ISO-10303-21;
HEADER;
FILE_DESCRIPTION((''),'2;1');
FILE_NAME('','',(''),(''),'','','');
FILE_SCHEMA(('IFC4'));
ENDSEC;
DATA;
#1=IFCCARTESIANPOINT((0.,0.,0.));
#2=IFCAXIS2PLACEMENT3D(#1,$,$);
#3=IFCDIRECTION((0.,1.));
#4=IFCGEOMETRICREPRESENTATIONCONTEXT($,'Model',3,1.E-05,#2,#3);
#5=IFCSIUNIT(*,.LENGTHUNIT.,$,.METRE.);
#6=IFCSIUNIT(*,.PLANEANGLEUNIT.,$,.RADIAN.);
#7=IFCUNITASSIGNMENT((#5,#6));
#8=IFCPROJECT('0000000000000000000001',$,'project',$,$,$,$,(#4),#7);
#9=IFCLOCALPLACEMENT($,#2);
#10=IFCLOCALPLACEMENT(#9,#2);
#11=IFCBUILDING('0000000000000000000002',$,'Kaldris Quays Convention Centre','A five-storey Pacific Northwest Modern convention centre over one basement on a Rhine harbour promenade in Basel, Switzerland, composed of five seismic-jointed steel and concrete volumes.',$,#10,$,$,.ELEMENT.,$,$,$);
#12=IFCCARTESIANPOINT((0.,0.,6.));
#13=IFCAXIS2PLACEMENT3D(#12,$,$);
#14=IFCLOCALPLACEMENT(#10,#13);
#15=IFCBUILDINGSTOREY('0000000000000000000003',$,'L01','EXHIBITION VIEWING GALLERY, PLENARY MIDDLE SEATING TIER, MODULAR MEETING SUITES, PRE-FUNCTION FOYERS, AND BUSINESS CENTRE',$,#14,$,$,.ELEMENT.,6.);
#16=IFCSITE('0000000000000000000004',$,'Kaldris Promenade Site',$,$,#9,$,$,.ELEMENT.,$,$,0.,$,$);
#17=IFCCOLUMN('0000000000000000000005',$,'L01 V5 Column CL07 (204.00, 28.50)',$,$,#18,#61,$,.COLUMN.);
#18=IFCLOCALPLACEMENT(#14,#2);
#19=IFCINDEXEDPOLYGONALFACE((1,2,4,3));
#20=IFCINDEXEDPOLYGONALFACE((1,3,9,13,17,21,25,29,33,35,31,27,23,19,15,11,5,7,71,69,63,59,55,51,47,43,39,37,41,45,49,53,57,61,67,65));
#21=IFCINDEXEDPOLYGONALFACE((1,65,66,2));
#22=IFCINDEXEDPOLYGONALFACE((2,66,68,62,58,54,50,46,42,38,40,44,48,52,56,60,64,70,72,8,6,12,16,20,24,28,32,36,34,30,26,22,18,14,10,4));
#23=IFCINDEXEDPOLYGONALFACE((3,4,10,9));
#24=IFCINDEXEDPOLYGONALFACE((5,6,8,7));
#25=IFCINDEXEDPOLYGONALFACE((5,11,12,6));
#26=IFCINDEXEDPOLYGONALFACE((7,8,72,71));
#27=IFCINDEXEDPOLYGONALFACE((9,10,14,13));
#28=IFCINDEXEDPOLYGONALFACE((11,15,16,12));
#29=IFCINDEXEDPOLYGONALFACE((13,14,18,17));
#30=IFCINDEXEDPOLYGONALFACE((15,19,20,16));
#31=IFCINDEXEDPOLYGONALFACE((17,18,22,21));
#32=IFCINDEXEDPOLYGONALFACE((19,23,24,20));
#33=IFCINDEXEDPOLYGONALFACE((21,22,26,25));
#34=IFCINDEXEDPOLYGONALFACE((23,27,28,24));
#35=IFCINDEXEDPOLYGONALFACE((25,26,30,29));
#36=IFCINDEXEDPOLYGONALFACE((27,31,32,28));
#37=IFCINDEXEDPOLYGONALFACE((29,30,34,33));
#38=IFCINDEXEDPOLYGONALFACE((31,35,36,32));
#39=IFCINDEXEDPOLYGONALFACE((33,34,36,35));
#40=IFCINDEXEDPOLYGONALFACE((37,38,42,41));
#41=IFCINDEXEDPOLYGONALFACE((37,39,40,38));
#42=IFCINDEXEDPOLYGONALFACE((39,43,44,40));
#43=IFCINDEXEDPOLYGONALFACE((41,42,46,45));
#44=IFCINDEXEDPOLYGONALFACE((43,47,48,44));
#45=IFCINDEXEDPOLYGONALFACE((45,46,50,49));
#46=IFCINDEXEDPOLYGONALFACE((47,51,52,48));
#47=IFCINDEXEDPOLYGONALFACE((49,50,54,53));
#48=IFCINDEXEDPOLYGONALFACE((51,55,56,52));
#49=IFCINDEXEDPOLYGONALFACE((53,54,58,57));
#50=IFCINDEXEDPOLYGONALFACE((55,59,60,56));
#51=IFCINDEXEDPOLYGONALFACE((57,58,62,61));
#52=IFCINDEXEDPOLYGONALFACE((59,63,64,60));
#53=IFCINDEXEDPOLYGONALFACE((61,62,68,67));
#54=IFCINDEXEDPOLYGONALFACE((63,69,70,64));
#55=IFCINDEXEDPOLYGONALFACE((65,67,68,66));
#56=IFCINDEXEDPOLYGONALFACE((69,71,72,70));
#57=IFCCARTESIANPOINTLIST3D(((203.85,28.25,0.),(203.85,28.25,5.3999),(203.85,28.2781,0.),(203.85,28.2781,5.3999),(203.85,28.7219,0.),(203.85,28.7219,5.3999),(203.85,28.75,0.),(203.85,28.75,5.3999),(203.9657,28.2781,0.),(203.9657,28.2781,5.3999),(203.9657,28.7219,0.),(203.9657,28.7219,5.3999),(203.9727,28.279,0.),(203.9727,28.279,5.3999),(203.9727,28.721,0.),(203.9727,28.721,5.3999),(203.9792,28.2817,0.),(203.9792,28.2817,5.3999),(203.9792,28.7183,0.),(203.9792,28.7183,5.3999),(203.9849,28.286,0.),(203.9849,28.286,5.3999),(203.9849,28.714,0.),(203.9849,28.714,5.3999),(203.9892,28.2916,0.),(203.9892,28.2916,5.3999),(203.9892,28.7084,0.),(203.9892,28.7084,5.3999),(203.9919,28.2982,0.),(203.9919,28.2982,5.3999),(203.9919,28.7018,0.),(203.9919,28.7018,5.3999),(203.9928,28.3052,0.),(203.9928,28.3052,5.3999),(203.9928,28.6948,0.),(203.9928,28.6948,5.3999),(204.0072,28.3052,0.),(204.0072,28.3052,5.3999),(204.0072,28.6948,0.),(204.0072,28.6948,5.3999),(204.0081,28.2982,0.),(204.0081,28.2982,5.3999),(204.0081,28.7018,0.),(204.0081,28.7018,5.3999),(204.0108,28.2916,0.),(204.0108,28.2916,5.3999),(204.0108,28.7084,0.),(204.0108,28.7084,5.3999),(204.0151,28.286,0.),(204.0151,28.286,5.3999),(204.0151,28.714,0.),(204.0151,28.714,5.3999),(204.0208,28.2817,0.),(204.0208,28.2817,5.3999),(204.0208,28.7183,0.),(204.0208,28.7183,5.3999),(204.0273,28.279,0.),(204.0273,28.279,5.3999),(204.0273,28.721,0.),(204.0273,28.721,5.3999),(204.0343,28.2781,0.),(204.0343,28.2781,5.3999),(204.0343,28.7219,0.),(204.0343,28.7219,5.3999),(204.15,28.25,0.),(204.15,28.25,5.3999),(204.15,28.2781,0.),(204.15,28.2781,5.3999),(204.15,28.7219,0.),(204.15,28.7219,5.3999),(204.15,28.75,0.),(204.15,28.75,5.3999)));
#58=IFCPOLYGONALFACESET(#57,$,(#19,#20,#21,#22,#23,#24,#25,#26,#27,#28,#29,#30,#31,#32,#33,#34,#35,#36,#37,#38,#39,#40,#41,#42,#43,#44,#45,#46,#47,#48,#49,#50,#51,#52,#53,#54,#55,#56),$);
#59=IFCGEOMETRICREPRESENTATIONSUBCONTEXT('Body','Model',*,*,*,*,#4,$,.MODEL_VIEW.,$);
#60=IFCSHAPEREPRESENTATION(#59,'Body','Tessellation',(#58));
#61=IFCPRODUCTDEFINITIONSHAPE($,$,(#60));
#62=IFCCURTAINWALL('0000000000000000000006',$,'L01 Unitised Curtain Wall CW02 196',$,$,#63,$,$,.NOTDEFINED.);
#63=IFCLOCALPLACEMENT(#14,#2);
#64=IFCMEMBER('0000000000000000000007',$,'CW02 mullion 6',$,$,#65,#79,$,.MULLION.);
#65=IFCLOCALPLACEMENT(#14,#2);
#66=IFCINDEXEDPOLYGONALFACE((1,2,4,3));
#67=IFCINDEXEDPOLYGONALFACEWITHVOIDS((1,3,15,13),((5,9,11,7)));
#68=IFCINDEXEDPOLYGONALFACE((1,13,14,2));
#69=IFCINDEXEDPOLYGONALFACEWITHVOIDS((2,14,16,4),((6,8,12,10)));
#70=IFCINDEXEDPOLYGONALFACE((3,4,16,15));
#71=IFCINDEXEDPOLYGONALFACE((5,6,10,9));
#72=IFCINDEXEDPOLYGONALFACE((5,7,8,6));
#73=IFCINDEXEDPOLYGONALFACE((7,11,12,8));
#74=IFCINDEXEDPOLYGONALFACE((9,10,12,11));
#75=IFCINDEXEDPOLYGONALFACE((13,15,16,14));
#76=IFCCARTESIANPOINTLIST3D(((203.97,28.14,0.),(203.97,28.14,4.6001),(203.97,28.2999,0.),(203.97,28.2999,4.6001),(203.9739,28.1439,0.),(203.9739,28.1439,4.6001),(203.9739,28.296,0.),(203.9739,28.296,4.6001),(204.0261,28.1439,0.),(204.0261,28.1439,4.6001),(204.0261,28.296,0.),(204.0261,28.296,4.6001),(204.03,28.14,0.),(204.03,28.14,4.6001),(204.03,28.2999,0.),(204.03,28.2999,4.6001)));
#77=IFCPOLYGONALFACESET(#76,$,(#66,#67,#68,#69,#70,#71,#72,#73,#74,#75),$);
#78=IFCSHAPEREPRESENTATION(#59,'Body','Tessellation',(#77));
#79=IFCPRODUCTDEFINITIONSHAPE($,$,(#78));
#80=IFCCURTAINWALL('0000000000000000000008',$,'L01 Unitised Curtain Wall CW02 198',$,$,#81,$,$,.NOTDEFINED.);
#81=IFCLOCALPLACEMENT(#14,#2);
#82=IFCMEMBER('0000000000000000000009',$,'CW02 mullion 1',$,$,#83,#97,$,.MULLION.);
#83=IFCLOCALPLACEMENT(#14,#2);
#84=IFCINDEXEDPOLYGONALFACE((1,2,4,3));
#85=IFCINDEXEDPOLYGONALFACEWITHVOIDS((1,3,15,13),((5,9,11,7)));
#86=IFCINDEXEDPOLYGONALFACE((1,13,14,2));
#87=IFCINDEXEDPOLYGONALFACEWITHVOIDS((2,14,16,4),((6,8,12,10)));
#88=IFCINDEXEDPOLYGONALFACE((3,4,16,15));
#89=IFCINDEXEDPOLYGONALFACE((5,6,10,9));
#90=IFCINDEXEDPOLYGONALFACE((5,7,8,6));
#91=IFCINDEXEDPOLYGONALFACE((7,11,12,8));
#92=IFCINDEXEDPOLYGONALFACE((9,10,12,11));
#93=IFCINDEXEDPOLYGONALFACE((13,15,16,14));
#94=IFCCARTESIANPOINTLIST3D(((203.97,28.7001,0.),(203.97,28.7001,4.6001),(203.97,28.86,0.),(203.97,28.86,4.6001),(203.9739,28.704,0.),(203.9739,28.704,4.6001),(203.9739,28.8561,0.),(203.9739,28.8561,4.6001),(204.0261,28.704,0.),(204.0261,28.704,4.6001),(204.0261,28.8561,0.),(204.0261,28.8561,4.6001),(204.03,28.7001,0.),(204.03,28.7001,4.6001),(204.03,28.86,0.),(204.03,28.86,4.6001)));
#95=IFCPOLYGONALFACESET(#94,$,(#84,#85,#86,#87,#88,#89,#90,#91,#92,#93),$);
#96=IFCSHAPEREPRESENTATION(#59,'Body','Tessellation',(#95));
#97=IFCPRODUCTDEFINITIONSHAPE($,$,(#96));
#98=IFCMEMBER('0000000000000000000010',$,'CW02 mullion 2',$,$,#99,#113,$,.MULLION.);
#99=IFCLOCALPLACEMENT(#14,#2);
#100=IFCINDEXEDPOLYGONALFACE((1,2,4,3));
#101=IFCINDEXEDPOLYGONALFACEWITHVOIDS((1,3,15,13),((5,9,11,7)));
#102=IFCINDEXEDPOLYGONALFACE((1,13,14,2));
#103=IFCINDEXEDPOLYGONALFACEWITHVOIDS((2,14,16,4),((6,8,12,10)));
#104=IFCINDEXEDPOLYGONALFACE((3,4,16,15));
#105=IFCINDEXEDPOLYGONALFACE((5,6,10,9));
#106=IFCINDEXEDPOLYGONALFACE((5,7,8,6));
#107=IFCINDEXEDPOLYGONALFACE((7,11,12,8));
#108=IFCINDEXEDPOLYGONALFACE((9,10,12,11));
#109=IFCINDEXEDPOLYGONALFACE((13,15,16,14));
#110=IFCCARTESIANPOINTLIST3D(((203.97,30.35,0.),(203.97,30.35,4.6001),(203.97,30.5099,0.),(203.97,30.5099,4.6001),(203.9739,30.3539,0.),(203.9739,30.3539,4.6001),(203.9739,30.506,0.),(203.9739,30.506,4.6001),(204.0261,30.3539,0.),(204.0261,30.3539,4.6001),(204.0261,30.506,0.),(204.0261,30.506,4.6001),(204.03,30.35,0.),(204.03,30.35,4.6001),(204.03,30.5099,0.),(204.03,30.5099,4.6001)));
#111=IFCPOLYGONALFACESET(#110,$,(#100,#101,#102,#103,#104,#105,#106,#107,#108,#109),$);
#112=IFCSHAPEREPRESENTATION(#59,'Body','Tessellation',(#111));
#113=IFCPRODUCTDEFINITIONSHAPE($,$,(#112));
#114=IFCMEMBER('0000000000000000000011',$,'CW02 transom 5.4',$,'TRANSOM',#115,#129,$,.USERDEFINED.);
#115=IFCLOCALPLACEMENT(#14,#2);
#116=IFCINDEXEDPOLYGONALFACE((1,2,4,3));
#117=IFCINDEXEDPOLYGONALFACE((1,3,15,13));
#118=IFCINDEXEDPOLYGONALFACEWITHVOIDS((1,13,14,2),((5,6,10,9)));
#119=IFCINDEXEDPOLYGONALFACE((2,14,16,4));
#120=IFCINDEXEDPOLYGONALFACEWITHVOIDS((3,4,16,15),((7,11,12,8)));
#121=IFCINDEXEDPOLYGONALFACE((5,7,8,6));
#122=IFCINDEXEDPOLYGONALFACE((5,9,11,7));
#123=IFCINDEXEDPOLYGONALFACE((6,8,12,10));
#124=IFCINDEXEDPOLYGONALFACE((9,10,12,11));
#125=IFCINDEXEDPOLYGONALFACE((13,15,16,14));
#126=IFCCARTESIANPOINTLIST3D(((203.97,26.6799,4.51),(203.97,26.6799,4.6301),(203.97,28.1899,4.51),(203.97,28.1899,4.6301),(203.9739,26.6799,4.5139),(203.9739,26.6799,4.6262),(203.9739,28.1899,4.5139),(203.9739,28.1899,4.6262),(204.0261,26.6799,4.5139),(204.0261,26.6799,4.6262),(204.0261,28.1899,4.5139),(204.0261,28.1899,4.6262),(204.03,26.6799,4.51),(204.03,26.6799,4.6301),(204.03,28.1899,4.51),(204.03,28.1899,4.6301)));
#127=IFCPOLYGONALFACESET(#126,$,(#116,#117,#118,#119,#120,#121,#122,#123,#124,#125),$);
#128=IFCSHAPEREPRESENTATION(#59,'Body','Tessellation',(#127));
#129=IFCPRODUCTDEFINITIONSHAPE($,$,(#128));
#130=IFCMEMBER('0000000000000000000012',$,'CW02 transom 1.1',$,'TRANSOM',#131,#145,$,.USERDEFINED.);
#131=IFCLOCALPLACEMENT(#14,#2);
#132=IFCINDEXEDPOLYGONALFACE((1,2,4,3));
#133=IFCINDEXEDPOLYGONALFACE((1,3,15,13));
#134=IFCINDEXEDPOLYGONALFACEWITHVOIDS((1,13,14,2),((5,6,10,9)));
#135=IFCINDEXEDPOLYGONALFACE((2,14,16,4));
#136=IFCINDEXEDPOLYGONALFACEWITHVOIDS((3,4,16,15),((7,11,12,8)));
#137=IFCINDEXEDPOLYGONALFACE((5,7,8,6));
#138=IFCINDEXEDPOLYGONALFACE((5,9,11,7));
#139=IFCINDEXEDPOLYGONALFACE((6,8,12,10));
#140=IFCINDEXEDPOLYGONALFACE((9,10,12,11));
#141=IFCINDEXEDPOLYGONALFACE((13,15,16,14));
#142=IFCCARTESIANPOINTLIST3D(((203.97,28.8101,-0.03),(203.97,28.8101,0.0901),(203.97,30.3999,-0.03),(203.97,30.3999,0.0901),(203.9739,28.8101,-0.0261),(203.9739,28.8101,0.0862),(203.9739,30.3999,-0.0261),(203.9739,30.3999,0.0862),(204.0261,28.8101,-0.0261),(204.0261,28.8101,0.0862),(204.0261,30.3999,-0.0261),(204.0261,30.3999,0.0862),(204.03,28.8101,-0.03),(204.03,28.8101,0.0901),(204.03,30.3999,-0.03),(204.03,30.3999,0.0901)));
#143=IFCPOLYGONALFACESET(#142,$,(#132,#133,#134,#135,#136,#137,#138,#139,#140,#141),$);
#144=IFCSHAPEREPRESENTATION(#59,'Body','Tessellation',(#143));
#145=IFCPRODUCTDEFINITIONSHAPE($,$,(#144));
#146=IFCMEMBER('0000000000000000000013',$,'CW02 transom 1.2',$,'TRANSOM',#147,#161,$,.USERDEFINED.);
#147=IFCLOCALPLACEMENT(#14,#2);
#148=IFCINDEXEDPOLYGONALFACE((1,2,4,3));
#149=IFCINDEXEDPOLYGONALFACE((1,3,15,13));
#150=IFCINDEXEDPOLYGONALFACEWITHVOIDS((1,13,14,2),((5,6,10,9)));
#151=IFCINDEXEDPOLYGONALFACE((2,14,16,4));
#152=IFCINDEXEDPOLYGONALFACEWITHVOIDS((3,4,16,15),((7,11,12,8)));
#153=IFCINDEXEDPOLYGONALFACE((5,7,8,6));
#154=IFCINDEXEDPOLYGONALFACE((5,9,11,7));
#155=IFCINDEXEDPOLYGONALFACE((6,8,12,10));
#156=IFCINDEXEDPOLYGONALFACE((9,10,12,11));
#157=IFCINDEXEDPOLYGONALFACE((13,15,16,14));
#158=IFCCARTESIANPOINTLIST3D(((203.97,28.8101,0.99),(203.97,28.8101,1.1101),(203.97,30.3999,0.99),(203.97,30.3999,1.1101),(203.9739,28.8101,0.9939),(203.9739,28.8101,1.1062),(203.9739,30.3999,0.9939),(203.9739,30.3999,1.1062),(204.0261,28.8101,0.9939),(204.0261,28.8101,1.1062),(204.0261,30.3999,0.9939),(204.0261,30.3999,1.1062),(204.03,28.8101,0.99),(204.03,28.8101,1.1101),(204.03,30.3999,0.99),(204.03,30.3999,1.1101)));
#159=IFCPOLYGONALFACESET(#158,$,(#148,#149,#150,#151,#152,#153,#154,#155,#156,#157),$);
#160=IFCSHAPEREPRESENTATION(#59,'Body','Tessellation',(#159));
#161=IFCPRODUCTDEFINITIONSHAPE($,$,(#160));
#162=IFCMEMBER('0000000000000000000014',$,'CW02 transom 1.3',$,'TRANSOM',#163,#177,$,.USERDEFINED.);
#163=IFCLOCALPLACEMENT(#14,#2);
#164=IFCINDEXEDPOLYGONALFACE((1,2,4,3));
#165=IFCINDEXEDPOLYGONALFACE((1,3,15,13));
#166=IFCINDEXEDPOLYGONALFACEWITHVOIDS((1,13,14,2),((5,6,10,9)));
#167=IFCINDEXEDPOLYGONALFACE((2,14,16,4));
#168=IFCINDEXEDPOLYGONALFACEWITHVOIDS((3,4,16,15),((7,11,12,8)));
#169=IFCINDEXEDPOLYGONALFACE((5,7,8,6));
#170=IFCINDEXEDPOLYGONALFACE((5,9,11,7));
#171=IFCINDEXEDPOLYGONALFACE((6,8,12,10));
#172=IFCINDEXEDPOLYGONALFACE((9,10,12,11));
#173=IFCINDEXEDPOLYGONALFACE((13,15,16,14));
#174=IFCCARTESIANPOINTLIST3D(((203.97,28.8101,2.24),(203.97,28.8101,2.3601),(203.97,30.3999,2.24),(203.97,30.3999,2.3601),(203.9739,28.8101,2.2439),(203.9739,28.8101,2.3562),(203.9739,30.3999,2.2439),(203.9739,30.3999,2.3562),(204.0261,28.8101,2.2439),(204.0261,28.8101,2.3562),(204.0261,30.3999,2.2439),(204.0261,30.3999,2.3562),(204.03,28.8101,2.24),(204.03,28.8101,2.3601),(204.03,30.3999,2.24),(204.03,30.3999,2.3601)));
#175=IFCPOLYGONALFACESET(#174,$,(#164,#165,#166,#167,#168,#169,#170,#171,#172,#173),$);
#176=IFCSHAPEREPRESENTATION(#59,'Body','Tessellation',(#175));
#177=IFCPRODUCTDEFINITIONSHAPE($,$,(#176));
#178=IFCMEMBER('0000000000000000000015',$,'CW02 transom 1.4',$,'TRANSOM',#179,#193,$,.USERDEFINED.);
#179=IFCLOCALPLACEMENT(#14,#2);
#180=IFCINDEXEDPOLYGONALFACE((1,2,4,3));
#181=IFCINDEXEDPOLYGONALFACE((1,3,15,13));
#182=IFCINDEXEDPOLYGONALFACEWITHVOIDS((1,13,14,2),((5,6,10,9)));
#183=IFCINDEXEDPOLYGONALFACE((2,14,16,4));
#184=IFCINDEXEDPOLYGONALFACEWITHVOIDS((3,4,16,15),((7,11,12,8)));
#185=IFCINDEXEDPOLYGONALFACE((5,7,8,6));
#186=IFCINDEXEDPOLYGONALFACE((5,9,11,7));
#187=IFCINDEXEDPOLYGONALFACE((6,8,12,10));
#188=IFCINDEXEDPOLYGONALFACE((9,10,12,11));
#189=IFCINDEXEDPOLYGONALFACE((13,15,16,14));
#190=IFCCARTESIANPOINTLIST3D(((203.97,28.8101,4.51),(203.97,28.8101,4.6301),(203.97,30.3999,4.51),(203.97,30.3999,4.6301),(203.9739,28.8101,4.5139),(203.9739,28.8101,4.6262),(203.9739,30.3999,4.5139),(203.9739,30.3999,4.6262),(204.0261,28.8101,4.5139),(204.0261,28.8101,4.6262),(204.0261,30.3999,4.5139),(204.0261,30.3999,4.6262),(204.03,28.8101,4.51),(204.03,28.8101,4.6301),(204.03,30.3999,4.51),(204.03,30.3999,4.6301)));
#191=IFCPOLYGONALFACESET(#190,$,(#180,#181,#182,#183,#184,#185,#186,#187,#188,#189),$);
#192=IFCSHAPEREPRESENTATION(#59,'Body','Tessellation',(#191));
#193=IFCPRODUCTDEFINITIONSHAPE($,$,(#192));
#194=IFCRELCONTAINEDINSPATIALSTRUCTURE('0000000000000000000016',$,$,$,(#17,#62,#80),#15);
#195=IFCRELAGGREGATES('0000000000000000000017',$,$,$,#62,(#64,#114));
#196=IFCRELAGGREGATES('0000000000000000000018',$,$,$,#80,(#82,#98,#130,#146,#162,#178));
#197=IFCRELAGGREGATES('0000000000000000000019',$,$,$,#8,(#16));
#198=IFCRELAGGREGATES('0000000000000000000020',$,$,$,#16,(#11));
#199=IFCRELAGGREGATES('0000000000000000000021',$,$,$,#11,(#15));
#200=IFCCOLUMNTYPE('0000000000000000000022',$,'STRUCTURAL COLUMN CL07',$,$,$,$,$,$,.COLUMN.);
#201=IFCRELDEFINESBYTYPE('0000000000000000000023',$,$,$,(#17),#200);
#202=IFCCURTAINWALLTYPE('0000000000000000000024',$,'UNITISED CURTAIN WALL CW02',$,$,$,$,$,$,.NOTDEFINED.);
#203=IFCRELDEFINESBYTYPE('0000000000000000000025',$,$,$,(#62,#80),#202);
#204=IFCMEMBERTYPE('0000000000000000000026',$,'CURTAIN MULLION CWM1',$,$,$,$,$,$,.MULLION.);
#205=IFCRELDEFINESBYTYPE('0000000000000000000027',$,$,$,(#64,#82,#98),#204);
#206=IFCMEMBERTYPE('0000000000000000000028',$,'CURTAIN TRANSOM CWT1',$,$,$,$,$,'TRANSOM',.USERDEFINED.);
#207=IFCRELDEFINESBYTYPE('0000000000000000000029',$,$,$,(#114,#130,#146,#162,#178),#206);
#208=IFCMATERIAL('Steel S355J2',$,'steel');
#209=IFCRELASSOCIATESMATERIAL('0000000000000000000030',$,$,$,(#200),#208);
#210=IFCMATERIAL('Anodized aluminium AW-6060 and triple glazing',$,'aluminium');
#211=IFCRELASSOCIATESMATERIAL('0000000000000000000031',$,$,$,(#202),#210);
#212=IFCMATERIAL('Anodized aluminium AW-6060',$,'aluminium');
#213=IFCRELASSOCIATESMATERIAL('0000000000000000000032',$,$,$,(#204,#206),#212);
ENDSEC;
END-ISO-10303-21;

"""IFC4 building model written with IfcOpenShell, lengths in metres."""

from ifc_helpers import new_model, si_unit, direction, frame, origin, origin_2d, place, context, subcontext, project, spatial, hollow_rectangle, i_section, extrude, material, material_profile, profile_set, type_object, element, aggregate, save


model = new_model("IFC4")

# Units and contexts
model_context = context("Model", 3, precision=1e-05, world=origin(), true_north=direction((0.0, 1.0)))
body_context = subcontext(model_context, "Body", "Model", "MODEL_VIEW")
ifc_project = project(units=[si_unit("LENGTHUNIT", "METRE"), si_unit("PLANEANGLEUNIT", "RADIAN")], contexts=[model_context])

# Site, building, storey
site_placement = place(None, origin())
site = spatial("IfcSite", under=ifc_project, at=site_placement, Name="Kaldris Promenade Site", CompositionType="ELEMENT", RefElevation=0.0)
building_placement = place(site_placement, origin())
building = spatial("IfcBuilding", under=site, at=building_placement, Name="Kaldris Quays Convention Centre", Description="A five-storey Pacific Northwest Modern convention centre over one basement on a Rhine harbour promenade in Basel, Switzerland, composed of five seismic-jointed steel and concrete volumes.", CompositionType="ELEMENT")
storey_placement = place(building_placement, frame((0.0, 0.0, 6.0)))
storey = spatial("IfcBuildingStorey", under=building, at=storey_placement, Name="L01", Description="EXHIBITION VIEWING GALLERY, PLENARY MIDDLE SEATING TIER, MODULAR MEETING SUITES, PRE-FUNCTION FOYERS, AND BUSINESS CENTRE", CompositionType="ELEMENT", Elevation=6.0)

# Column
ifc_material_1 = material(Name="Steel S355J2", Category="steel")
ifc_material_profile_1 = material_profile(ifc_material_1, i_section(OverallWidth=0.3, OverallDepth=0.5, WebThickness=0.0144, FlangeThickness=0.0281, FilletRadius=0.0271, at=origin_2d()), Name="HEB 500")
ifc_profile_set_1 = profile_set([ifc_material_profile_1], Name="Steel S355J2")
column_type = type_object("IfcColumnType", Name="STRUCTURAL COLUMN CL07", PredefinedType="COLUMN", material=ifc_profile_set_1)
column_placement = place(storey_placement, frame((204.0, 28.5, 0.0), z_axis=(0.0, 0.0, 1.0), x_axis=(1.0, 0.0, 0.0)))
element("IfcColumn", 1, at=column_placement, inside=storey, type_object=column_type, Name="L01 V5 Column CL07 (204.00, 28.50)", PredefinedType="COLUMN", context=body_context, shape_type="SweptSolid", body=[
    extrude(i_section(OverallWidth=0.3, OverallDepth=0.5, WebThickness=0.0144, FlangeThickness=0.0281, FilletRadius=0.0271, at=origin_2d()), origin(), (0.0, 0.0, 1.0), 5.3999),
])

# Curtain wall, member
ifc_material_2 = material(Name="Anodized aluminium AW-6060 and triple glazing", Category="aluminium")
curtain_wall_type = type_object("IfcCurtainWallType", Name="UNITISED CURTAIN WALL CW02", PredefinedType="NOTDEFINED", material=ifc_material_2)
curtain_wall_1_placement = place(storey_placement, origin())
curtain_wall_1 = element("IfcCurtainWall", 2, at=curtain_wall_1_placement, inside=storey, type_object=curtain_wall_type, Name="L01 Unitised Curtain Wall CW02 196", PredefinedType="NOTDEFINED")
ifc_material_3 = material(Name="Anodized aluminium AW-6060", Category="aluminium")
ifc_material_profile_2 = material_profile(ifc_material_3, hollow_rectangle(XDim=0.0601, YDim=0.1599, WallThickness=0.0039, at=origin_2d()), Name="RHS 160x60x4")
ifc_profile_set_2 = profile_set([ifc_material_profile_2], Name="Anodized aluminium AW-6060")
member_type_1 = type_object("IfcMemberType", Name="CURTAIN MULLION CWM1", PredefinedType="MULLION", material=ifc_profile_set_2)
member_1_placement = place(storey_placement, frame((204.0, 28.22, 0.0), z_axis=(0.0, 0.0, 1.0), x_axis=(-1.0, 0.0, 0.0)))
member_1 = element("IfcMember", 3, at=member_1_placement, type_object=member_type_1, Name="CW02 mullion 6", PredefinedType="MULLION", context=body_context, shape_type="SweptSolid", body=[
    extrude(hollow_rectangle(XDim=0.0601, YDim=0.1599, WallThickness=0.0039, at=origin_2d()), origin(), (0.0, 0.0, 1.0), 4.6001),
])

# Curtain wall, members
curtain_wall_2_placement = place(storey_placement, origin())
curtain_wall_2 = element("IfcCurtainWall", 4, at=curtain_wall_2_placement, inside=storey, type_object=curtain_wall_type, Name="L01 Unitised Curtain Wall CW02 198", PredefinedType="NOTDEFINED")
member_2_placement = place(storey_placement, frame((204.0, 28.78, 0.0), z_axis=(0.0, 0.0, 1.0), x_axis=(-1.0, 0.0, 0.0)))
member_2 = element("IfcMember", 5, at=member_2_placement, type_object=member_type_1, Name="CW02 mullion 1", PredefinedType="MULLION", context=body_context, shape_type="SweptSolid", body=[
    extrude(hollow_rectangle(XDim=0.0601, YDim=0.1599, WallThickness=0.0039, at=origin_2d()), origin(), (0.0, 0.0, 1.0), 4.6001),
])
member_3_placement = place(storey_placement, frame((204.0, 30.4299, 0.0), z_axis=(0.0, 0.0, 1.0), x_axis=(-1.0, 0.0, 0.0)))
member_3 = element("IfcMember", 6, at=member_3_placement, type_object=member_type_1, Name="CW02 mullion 2", PredefinedType="MULLION", context=body_context, shape_type="SweptSolid", body=[
    extrude(hollow_rectangle(XDim=0.0601, YDim=0.1599, WallThickness=0.0039, at=origin_2d()), origin(), (0.0, 0.0, 1.0), 4.6001),
])

# Members
ifc_material_profile_3 = material_profile(ifc_material_3, hollow_rectangle(XDim=0.0601, YDim=0.1201, WallThickness=0.0039, at=origin_2d()), Name="RHS 120x60x4")
ifc_profile_set_3 = profile_set([ifc_material_profile_3], Name="Anodized aluminium AW-6060")
member_type_2 = type_object("IfcMemberType", Name="CURTAIN TRANSOM CWT1", ElementType="TRANSOM", PredefinedType="USERDEFINED", material=ifc_profile_set_3)
member_4_placement = place(storey_placement, frame((204.0, 26.6799, 4.5701), z_axis=(0.0, 1.0, 0.0), x_axis=(-1.0, 0.0, 0.0)))
member_4 = element("IfcMember", 7, at=member_4_placement, type_object=member_type_2, Name="CW02 transom 5.4", ObjectType="TRANSOM", PredefinedType="USERDEFINED", context=body_context, shape_type="SweptSolid", body=[
    extrude(hollow_rectangle(XDim=0.0601, YDim=0.1201, WallThickness=0.0039, at=origin_2d()), origin(), (0.0, 0.0, 1.0), 1.51),
])
member_5_placement = place(storey_placement, frame((204.0, 28.8101, 0.03), z_axis=(0.0, 1.0, 0.0), x_axis=(-1.0, 0.0, 0.0)))
member_5 = element("IfcMember", 8, at=member_5_placement, type_object=member_type_2, Name="CW02 transom 1.1", ObjectType="TRANSOM", PredefinedType="USERDEFINED", context=body_context, shape_type="SweptSolid", body=[
    extrude(hollow_rectangle(XDim=0.0601, YDim=0.1201, WallThickness=0.0039, at=origin_2d()), origin(), (0.0, 0.0, 1.0), 1.5898),
])
member_6_placement = place(storey_placement, frame((204.0, 28.8101, 1.05), z_axis=(0.0, 1.0, 0.0), x_axis=(-1.0, 0.0, 0.0)))
member_6 = element("IfcMember", 9, at=member_6_placement, type_object=member_type_2, Name="CW02 transom 1.2", ObjectType="TRANSOM", PredefinedType="USERDEFINED", context=body_context, shape_type="SweptSolid", body=[
    extrude(hollow_rectangle(XDim=0.0601, YDim=0.1201, WallThickness=0.0039, at=origin_2d()), origin(), (0.0, 0.0, 1.0), 1.5898),
])
member_7_placement = place(storey_placement, frame((204.0, 28.8101, 2.3), z_axis=(0.0, 1.0, 0.0), x_axis=(-1.0, 0.0, 0.0)))
member_7 = element("IfcMember", 10, at=member_7_placement, type_object=member_type_2, Name="CW02 transom 1.3", ObjectType="TRANSOM", PredefinedType="USERDEFINED", context=body_context, shape_type="SweptSolid", body=[
    extrude(hollow_rectangle(XDim=0.0601, YDim=0.1201, WallThickness=0.0039, at=origin_2d()), origin(), (0.0, 0.0, 1.0), 1.5898),
])
member_8_placement = place(storey_placement, frame((204.0, 28.8101, 4.5701), z_axis=(0.0, 1.0, 0.0), x_axis=(-1.0, 0.0, 0.0)))
member_8 = element("IfcMember", 11, at=member_8_placement, type_object=member_type_2, Name="CW02 transom 1.4", ObjectType="TRANSOM", PredefinedType="USERDEFINED", context=body_context, shape_type="SweptSolid", body=[
    extrude(hollow_rectangle(XDim=0.0601, YDim=0.1201, WallThickness=0.0039, at=origin_2d()), origin(), (0.0, 0.0, 1.0), 1.5898),
])

aggregate(curtain_wall_1, [member_1, member_4])
aggregate(curtain_wall_2, [member_2, member_3, member_5, member_6, member_7, member_8])

save(model, "model.ifc")
